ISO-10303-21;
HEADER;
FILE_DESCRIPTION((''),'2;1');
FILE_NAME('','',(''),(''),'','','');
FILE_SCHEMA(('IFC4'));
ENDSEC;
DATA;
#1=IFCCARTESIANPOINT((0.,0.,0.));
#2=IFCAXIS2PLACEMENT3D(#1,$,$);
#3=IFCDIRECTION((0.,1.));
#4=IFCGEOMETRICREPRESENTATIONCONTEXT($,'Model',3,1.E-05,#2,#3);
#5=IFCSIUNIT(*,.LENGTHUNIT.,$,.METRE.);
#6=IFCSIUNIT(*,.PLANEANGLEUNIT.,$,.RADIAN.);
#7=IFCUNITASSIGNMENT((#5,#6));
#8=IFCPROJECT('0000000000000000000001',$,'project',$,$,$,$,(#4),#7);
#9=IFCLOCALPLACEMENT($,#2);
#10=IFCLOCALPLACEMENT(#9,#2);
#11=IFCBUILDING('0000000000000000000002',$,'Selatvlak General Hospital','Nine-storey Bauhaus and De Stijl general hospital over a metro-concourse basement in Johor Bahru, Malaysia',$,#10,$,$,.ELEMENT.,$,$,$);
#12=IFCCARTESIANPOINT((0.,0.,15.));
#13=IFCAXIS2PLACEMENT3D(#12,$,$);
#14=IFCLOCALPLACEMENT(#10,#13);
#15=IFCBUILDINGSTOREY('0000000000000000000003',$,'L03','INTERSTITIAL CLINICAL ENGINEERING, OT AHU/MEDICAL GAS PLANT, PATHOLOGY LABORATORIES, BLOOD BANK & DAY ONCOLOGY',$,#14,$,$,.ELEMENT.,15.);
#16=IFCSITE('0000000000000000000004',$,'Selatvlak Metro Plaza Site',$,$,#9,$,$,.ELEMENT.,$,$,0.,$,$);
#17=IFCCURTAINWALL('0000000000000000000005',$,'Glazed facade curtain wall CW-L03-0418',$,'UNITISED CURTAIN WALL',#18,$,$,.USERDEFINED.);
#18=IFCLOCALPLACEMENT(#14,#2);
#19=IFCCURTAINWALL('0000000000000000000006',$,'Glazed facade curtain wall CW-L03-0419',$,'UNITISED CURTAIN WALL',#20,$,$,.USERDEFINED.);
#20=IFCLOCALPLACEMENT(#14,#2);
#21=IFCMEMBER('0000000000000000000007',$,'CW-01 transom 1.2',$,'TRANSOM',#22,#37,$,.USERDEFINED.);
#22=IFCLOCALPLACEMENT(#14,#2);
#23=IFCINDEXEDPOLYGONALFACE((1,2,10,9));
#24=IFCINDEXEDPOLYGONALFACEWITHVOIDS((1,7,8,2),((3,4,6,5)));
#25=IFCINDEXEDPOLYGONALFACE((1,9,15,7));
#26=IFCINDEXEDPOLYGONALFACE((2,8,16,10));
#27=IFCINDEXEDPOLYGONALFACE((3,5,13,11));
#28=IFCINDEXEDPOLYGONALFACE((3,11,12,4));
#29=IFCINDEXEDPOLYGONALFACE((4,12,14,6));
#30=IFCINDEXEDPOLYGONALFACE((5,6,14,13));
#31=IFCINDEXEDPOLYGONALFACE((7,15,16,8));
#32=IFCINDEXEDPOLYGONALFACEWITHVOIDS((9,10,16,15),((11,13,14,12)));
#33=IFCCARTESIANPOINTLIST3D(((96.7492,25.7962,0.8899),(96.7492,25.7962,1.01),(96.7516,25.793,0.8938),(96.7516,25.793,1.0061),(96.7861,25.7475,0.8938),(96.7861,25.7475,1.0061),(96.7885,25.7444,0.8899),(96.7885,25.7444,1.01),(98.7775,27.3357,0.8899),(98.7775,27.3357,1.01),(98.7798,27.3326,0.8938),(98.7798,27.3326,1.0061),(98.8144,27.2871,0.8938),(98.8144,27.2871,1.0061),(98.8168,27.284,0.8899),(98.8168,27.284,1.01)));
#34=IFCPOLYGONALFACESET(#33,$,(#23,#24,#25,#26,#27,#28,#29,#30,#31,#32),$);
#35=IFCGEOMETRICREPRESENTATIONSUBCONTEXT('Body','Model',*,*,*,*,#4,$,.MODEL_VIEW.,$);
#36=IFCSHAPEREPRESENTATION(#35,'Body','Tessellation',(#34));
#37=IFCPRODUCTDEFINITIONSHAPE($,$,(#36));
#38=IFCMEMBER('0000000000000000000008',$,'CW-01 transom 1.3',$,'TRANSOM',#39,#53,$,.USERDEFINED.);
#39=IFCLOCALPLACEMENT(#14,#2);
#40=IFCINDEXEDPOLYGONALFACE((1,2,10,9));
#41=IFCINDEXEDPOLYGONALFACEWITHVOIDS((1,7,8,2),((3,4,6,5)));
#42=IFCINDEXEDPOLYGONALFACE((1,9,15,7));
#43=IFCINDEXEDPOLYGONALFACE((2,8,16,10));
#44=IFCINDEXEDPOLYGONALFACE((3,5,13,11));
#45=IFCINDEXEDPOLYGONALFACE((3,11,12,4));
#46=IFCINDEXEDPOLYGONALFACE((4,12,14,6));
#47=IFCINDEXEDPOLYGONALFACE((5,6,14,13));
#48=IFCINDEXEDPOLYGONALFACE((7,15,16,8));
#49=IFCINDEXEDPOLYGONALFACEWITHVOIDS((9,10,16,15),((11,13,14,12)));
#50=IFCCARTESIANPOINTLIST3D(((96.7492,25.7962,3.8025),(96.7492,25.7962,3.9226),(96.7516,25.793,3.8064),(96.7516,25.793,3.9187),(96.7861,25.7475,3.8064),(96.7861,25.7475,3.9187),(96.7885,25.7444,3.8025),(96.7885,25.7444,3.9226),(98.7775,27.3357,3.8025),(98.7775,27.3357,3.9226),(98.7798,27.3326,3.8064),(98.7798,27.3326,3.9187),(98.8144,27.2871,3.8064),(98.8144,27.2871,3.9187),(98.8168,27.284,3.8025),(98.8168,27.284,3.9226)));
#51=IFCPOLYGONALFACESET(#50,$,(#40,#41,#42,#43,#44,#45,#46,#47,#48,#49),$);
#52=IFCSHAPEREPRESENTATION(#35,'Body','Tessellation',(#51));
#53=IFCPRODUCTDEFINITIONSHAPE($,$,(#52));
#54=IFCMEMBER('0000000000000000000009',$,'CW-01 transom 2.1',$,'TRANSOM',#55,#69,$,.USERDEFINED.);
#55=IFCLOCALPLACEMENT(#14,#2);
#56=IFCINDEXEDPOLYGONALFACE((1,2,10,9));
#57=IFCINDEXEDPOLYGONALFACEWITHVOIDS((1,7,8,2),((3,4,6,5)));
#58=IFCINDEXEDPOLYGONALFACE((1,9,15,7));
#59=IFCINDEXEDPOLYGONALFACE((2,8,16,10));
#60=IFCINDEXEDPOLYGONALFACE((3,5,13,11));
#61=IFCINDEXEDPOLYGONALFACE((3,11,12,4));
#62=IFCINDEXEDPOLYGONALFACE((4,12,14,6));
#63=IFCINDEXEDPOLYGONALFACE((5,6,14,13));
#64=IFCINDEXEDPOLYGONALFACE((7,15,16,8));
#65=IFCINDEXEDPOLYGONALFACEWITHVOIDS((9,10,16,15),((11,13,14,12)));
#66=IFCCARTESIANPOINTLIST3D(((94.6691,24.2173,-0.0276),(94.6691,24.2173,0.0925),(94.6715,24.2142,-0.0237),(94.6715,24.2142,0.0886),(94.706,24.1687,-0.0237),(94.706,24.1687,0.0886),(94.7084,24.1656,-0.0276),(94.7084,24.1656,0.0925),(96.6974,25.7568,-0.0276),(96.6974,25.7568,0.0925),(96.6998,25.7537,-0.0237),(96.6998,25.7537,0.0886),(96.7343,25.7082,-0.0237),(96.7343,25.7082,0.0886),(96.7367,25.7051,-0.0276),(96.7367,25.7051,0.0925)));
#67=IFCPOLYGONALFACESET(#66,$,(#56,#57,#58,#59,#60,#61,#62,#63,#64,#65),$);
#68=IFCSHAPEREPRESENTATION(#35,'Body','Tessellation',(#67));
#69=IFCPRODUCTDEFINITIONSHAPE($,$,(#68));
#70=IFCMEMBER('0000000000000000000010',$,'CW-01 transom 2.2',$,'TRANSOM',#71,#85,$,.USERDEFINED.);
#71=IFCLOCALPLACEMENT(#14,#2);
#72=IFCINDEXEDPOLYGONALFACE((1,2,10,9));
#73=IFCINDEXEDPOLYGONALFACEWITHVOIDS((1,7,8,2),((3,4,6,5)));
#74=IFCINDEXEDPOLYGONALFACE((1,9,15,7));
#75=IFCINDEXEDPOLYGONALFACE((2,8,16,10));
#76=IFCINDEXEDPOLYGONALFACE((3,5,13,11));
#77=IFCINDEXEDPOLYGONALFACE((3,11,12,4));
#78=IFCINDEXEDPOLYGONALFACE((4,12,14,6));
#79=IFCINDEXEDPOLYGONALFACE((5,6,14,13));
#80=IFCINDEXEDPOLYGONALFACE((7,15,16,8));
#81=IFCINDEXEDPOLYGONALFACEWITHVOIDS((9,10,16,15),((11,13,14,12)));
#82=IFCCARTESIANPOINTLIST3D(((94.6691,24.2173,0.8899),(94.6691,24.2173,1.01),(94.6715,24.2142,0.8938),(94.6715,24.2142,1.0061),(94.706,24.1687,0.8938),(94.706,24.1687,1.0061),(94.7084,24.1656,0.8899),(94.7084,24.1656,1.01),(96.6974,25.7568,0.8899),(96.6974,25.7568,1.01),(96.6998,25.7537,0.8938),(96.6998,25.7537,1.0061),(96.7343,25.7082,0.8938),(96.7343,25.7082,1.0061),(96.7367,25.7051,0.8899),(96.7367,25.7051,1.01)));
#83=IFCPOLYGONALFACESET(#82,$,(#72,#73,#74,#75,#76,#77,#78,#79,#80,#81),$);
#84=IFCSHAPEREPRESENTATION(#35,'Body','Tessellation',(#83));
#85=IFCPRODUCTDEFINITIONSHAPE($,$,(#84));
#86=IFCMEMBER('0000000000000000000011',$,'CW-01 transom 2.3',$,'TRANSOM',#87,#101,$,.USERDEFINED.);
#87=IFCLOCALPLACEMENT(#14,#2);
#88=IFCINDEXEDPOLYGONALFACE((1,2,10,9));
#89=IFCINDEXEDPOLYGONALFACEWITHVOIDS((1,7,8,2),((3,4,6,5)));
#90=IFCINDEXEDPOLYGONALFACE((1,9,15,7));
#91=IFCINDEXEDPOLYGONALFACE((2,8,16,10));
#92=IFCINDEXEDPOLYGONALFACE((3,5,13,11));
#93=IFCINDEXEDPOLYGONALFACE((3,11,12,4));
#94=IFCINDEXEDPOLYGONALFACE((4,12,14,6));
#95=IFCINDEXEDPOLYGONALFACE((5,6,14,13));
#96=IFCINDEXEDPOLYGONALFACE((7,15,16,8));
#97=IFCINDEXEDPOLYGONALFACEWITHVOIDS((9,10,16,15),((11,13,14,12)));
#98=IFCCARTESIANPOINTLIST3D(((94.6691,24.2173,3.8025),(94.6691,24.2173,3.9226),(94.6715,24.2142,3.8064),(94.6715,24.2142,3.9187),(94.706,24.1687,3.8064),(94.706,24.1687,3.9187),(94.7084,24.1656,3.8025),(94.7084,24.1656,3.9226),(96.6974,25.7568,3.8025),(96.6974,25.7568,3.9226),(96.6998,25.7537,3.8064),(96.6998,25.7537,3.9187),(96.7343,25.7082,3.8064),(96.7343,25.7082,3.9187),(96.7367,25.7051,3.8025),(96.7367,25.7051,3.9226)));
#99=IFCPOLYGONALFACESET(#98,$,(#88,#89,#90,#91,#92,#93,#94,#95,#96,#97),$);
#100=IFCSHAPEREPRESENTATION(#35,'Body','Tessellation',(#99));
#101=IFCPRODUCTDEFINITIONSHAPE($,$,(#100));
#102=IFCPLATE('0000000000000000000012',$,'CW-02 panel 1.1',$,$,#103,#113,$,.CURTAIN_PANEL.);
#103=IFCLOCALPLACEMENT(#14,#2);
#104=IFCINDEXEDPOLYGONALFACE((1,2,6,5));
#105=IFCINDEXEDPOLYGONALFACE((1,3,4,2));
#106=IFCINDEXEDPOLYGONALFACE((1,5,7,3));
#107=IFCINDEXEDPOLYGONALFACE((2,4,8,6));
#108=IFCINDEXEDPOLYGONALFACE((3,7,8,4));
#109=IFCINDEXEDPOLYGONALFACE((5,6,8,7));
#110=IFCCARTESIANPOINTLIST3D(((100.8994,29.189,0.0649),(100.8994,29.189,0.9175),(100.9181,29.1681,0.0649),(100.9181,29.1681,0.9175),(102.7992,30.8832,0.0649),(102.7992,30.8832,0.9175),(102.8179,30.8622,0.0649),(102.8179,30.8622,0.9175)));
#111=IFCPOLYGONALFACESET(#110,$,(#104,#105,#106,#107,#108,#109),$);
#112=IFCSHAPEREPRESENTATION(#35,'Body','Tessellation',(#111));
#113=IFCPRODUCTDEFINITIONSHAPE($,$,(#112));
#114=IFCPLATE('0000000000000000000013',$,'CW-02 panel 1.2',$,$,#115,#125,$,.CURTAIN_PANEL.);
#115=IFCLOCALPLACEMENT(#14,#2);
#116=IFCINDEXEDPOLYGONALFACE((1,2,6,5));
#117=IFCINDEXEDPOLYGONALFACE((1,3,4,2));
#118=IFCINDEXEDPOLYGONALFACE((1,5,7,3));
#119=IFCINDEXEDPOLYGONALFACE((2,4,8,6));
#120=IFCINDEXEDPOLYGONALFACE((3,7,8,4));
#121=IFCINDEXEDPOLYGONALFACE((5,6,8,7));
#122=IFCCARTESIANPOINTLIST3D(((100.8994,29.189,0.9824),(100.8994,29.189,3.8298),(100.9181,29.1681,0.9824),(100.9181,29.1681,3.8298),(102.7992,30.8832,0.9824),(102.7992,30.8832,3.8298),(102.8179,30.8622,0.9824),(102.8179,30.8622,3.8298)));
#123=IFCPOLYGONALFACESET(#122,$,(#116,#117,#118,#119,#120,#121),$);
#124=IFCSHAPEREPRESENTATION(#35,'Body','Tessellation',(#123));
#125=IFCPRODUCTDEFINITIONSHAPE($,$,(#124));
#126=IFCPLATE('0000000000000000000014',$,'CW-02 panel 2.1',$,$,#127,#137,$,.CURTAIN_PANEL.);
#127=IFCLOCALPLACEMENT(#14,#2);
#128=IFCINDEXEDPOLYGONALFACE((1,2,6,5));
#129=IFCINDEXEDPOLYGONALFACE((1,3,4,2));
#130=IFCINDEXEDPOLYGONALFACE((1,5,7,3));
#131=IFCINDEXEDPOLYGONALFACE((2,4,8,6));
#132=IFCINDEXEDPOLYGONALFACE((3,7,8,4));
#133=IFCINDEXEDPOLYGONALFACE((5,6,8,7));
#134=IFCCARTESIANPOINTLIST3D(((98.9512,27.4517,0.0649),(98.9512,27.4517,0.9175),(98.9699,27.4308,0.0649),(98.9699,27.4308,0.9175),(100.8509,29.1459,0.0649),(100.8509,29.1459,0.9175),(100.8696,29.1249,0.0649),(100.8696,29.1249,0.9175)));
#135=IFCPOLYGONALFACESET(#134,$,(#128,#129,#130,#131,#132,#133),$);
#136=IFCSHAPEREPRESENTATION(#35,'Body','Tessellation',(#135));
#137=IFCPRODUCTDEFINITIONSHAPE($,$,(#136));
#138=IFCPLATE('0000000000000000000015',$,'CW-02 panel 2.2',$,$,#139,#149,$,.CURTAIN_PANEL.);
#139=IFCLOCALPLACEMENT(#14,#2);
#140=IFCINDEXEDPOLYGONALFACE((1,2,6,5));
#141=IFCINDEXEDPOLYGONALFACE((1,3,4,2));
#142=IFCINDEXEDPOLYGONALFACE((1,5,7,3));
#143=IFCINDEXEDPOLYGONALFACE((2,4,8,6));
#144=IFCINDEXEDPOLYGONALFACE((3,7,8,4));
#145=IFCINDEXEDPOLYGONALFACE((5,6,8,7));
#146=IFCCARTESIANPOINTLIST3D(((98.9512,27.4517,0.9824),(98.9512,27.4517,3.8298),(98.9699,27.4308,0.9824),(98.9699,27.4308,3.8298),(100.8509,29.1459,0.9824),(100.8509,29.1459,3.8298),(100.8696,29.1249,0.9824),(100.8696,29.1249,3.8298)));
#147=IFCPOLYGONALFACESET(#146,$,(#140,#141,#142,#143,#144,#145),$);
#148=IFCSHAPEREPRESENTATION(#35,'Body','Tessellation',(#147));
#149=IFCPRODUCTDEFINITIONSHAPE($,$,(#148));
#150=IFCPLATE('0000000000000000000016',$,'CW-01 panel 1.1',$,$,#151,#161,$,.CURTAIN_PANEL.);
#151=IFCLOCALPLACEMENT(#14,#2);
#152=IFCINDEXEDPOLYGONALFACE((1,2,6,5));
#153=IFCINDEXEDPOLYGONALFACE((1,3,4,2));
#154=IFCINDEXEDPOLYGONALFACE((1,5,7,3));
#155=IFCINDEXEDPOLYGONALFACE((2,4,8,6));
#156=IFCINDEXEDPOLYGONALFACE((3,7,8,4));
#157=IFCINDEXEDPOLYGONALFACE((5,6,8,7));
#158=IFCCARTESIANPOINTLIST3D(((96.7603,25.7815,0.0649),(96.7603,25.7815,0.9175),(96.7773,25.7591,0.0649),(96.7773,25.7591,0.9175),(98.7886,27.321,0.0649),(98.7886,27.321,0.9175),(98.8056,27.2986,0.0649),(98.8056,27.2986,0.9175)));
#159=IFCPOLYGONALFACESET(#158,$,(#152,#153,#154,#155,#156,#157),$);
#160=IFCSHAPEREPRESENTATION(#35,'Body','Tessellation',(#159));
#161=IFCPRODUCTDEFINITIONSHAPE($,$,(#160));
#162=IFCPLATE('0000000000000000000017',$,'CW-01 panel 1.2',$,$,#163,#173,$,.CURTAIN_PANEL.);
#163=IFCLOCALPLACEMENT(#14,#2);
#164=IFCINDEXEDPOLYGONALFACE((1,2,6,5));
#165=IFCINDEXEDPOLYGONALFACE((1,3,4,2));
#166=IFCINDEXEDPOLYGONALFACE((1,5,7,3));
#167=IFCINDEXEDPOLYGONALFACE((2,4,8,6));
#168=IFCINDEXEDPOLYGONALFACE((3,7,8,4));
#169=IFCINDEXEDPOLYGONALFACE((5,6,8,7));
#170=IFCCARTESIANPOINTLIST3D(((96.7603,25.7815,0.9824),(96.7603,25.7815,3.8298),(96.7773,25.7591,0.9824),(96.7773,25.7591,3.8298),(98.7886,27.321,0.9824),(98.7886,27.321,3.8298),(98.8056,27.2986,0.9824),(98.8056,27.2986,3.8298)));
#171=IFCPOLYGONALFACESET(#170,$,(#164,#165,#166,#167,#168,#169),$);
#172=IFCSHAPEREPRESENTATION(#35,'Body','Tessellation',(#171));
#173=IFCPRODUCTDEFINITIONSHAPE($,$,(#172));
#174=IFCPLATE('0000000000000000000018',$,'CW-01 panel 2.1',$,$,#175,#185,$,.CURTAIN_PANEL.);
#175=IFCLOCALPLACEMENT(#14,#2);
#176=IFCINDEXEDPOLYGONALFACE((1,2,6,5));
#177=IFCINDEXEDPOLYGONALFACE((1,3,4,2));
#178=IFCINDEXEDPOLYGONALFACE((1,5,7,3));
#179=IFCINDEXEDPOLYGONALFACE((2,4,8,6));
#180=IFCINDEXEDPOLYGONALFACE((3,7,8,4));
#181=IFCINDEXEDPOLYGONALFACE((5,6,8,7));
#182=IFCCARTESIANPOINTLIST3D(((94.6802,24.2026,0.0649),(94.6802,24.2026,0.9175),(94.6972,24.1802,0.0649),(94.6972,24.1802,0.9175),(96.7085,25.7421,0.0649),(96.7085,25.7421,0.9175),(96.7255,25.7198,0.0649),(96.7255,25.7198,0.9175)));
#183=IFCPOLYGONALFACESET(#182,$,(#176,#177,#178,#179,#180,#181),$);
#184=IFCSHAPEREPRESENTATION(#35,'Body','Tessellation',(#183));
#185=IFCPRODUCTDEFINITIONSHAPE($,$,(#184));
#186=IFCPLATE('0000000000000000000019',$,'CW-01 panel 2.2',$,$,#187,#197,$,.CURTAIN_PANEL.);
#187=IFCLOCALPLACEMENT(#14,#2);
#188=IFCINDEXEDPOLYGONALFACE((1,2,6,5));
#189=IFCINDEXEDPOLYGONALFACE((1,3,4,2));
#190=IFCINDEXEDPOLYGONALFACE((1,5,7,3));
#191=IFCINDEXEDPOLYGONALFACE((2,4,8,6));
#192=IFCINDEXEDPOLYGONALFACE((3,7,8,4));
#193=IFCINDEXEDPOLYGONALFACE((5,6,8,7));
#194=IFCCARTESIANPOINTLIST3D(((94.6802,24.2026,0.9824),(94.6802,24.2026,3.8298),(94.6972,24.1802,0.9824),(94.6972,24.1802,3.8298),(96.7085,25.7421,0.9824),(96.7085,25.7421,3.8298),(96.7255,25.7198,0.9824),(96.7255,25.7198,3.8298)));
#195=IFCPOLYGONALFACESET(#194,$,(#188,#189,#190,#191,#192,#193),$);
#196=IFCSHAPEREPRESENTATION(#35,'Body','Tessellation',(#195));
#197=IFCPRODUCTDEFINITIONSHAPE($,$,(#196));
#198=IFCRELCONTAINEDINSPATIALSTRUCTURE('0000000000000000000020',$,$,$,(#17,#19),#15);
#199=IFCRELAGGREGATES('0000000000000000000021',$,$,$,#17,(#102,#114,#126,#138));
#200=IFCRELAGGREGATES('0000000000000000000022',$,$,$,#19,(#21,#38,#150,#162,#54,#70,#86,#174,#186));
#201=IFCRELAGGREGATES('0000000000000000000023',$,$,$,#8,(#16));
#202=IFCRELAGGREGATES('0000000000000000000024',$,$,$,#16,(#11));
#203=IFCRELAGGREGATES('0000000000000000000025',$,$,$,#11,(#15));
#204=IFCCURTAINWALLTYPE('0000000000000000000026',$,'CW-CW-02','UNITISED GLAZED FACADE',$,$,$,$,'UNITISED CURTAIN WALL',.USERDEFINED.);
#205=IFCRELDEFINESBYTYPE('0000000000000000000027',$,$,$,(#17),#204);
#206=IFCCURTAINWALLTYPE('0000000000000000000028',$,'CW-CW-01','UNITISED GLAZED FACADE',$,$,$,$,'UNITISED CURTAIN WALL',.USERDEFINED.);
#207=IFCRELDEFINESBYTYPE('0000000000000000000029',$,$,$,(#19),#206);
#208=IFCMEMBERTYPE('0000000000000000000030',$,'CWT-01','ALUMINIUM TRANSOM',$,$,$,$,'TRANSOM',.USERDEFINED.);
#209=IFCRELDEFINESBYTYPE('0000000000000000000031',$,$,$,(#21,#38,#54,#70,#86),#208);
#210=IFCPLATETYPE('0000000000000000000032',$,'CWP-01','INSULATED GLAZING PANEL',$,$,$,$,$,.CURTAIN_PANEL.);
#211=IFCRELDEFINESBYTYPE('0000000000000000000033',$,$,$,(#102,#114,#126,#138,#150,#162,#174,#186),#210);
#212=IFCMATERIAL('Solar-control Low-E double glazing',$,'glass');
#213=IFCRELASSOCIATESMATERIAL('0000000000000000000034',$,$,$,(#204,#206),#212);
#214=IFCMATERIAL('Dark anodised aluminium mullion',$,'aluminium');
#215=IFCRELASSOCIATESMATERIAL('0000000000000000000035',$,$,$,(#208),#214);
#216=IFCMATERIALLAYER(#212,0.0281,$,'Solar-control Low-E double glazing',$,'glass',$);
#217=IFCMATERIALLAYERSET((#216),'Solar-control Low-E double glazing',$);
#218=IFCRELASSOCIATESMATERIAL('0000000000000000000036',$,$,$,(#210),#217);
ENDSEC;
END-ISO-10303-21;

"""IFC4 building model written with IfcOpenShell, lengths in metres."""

from ifc_helpers import new_model, si_unit, direction, frame, origin, origin_2d, place, context, subcontext, project, spatial, rectangle, hollow_rectangle, extrude, material, layer, layer_set, material_profile, profile_set, type_object, element, aggregate, save


model = new_model("IFC4")

# Units and contexts
model_context = context("Model", 3, precision=1e-05, world=origin(), true_north=direction((0.0, 1.0)))
body_context = subcontext(model_context, "Body", "Model", "MODEL_VIEW")
ifc_project = project(units=[si_unit("LENGTHUNIT", "METRE"), si_unit("PLANEANGLEUNIT", "RADIAN")], contexts=[model_context])

# Site, building, storey
site_placement = place(None, origin())
site = spatial("IfcSite", under=ifc_project, at=site_placement, Name="Selatvlak Metro Plaza Site", CompositionType="ELEMENT", RefElevation=0.0)
building_placement = place(site_placement, origin())
building = spatial("IfcBuilding", under=site, at=building_placement, Name="Selatvlak General Hospital", Description="Nine-storey Bauhaus and De Stijl general hospital over a metro-concourse basement in Johor Bahru, Malaysia", CompositionType="ELEMENT")
storey_placement = place(building_placement, frame((0.0, 0.0, 15.0)))
storey = spatial("IfcBuildingStorey", under=building, at=storey_placement, Name="L03", Description="INTERSTITIAL CLINICAL ENGINEERING, OT AHU/MEDICAL GAS PLANT, PATHOLOGY LABORATORIES, BLOOD BANK & DAY ONCOLOGY", CompositionType="ELEMENT", Elevation=15.0)

# Curtain walls
ifc_material_1 = material(Name="Solar-control Low-E double glazing", Category="glass")
curtain_wall_type_1 = type_object("IfcCurtainWallType", Name="CW-CW-02", Description="UNITISED GLAZED FACADE", ElementType="UNITISED CURTAIN WALL", PredefinedType="USERDEFINED", material=ifc_material_1)
curtain_wall_1_placement = place(storey_placement, origin())
curtain_wall_1 = element("IfcCurtainWall", 1, at=curtain_wall_1_placement, inside=storey, type_object=curtain_wall_type_1, Name="Glazed facade curtain wall CW-L03-0418", ObjectType="UNITISED CURTAIN WALL", PredefinedType="USERDEFINED")
ifc_material_2 = material(Name="Dark anodised aluminium mullion", Category="aluminium")
curtain_wall_type_2 = type_object("IfcCurtainWallType", Name="CW-CW-01", Description="UNITISED GLAZED FACADE", ElementType="UNITISED CURTAIN WALL", PredefinedType="USERDEFINED", material=ifc_material_1)
curtain_wall_2_placement = place(storey_placement, origin())
curtain_wall_2 = element("IfcCurtainWall", 2, at=curtain_wall_2_placement, inside=storey, type_object=curtain_wall_type_2, Name="Glazed facade curtain wall CW-L03-0419", ObjectType="UNITISED CURTAIN WALL", PredefinedType="USERDEFINED")

# Members
ifc_material_profile_1 = material_profile(ifc_material_2, hollow_rectangle(XDim=0.0649, YDim=0.1201, WallThickness=0.0039, at=origin_2d()), Name="AL-TRN 65x120x4")
ifc_profile_set_1 = profile_set([ifc_material_profile_1], Name="Dark anodised aluminium mullion")
member_type_1 = type_object("IfcMemberType", Name="CWT-01", Description="ALUMINIUM TRANSOM", ElementType="TRANSOM", PredefinedType="USERDEFINED", material=ifc_profile_set_1)
member_1_placement = place(storey_placement, frame((98.7971, 27.3098, 0.95), z_axis=(-0.796535, -0.604592, 0.0), x_axis=(0.604592, -0.796535, 0.0)))
member_1 = element("IfcMember", 3, at=member_1_placement, type_object=member_type_1, Name="CW-01 transom 1.2", ObjectType="TRANSOM", PredefinedType="USERDEFINED", context=body_context, shape_type="SweptSolid", body=[
    extrude(hollow_rectangle(XDim=0.0649, YDim=0.1201, WallThickness=0.0039, at=origin_2d()), origin(), (0.0, 0.0, 1.0), 2.5464),
])
member_2_placement = place(storey_placement, frame((98.7971, 27.3098, 3.8625), z_axis=(-0.796535, -0.604592, 0.0), x_axis=(0.604592, -0.796535, 0.0)))
member_2 = element("IfcMember", 4, at=member_2_placement, type_object=member_type_1, Name="CW-01 transom 1.3", ObjectType="TRANSOM", PredefinedType="USERDEFINED", context=body_context, shape_type="SweptSolid", body=[
    extrude(hollow_rectangle(XDim=0.0649, YDim=0.1201, WallThickness=0.0039, at=origin_2d()), origin(), (0.0, 0.0, 1.0), 2.5464),
])
member_3_placement = place(storey_placement, frame((96.717, 25.731, 0.0325), z_axis=(-0.796535, -0.604592, 0.0), x_axis=(0.604592, -0.796535, 0.0)))
member_3 = element("IfcMember", 5, at=member_3_placement, type_object=member_type_1, Name="CW-01 transom 2.1", ObjectType="TRANSOM", PredefinedType="USERDEFINED", context=body_context, shape_type="SweptSolid", body=[
    extrude(hollow_rectangle(XDim=0.0649, YDim=0.1201, WallThickness=0.0039, at=origin_2d()), origin(), (0.0, 0.0, 1.0), 2.5464),
])
member_4_placement = place(storey_placement, frame((96.717, 25.731, 0.95), z_axis=(-0.796535, -0.604592, 0.0), x_axis=(0.604592, -0.796535, 0.0)))
member_4 = element("IfcMember", 6, at=member_4_placement, type_object=member_type_1, Name="CW-01 transom 2.2", ObjectType="TRANSOM", PredefinedType="USERDEFINED", context=body_context, shape_type="SweptSolid", body=[
    extrude(hollow_rectangle(XDim=0.0649, YDim=0.1201, WallThickness=0.0039, at=origin_2d()), origin(), (0.0, 0.0, 1.0), 2.5464),
])
member_5_placement = place(storey_placement, frame((96.717, 25.731, 3.8625), z_axis=(-0.796535, -0.604592, 0.0), x_axis=(0.604592, -0.796535, 0.0)))
member_5 = element("IfcMember", 7, at=member_5_placement, type_object=member_type_1, Name="CW-01 transom 2.3", ObjectType="TRANSOM", PredefinedType="USERDEFINED", context=body_context, shape_type="SweptSolid", body=[
    extrude(hollow_rectangle(XDim=0.0649, YDim=0.1201, WallThickness=0.0039, at=origin_2d()), origin(), (0.0, 0.0, 1.0), 2.5464),
])

# Plates
ifc_layer_1 = layer(ifc_material_1, 0.0281, Name="Solar-control Low-E double glazing", Category="glass")
ifc_layer_set_1 = layer_set([ifc_layer_1], Name="Solar-control Low-E double glazing")
plate_type = type_object("IfcPlateType", Name="CWP-01", Description="INSULATED GLAZING PANEL", PredefinedType="CURTAIN_PANEL", material=ifc_layer_set_1)
plate_1_placement = place(storey_placement, frame((101.8586, 30.0256, 0.0649), z_axis=(0.0, 0.0, 1.0), x_axis=(-0.746344, -0.665561, 0.0)))
plate_1 = element("IfcPlate", 8, at=plate_1_placement, type_object=plate_type, Name="CW-02 panel 1.1", PredefinedType="CURTAIN_PANEL", context=body_context, shape_type="SweptSolid", body=[
    extrude(rectangle(XDim=2.5454, YDim=0.0281, at=origin_2d()), origin(), (0.0, 0.0, 1.0), 0.8525),
])
plate_2_placement = place(storey_placement, frame((101.8586, 30.0256, 0.9824), z_axis=(0.0, 0.0, 1.0), x_axis=(-0.746344, -0.665561, 0.0)))
plate_2 = element("IfcPlate", 9, at=plate_2_placement, type_object=plate_type, Name="CW-02 panel 1.2", PredefinedType="CURTAIN_PANEL", context=body_context, shape_type="SweptSolid", body=[
    extrude(rectangle(XDim=2.5454, YDim=0.0281, at=origin_2d()), origin(), (0.0, 0.0, 1.0), 2.8474),
])
plate_3_placement = place(storey_placement, frame((99.9104, 28.2883, 0.0649), z_axis=(0.0, 0.0, 1.0), x_axis=(-0.746344, -0.665561, 0.0)))
plate_3 = element("IfcPlate", 10, at=plate_3_placement, type_object=plate_type, Name="CW-02 panel 2.1", PredefinedType="CURTAIN_PANEL", context=body_context, shape_type="SweptSolid", body=[
    extrude(rectangle(XDim=2.5454, YDim=0.0281, at=origin_2d()), origin(), (0.0, 0.0, 1.0), 0.8525),
])
plate_4_placement = place(storey_placement, frame((99.9104, 28.2883, 0.9824), z_axis=(0.0, 0.0, 1.0), x_axis=(-0.746344, -0.665561, 0.0)))
plate_4 = element("IfcPlate", 11, at=plate_4_placement, type_object=plate_type, Name="CW-02 panel 2.2", PredefinedType="CURTAIN_PANEL", context=body_context, shape_type="SweptSolid", body=[
    extrude(rectangle(XDim=2.5454, YDim=0.0281, at=origin_2d()), origin(), (0.0, 0.0, 1.0), 2.8474),
])
aggregate(curtain_wall_1, [plate_1, plate_2, plate_3, plate_4])
plate_5_placement = place(storey_placement, frame((97.783, 26.54, 0.0649), z_axis=(0.0, 0.0, 1.0), x_axis=(-0.796537, -0.604589, 0.0)))
plate_5 = element("IfcPlate", 12, at=plate_5_placement, type_object=plate_type, Name="CW-01 panel 1.1", PredefinedType="CURTAIN_PANEL", context=body_context, shape_type="SweptSolid", body=[
    extrude(rectangle(XDim=2.5464, YDim=0.0281, at=origin_2d()), origin(), (0.0, 0.0, 1.0), 0.8525),
])
plate_6_placement = place(storey_placement, frame((97.783, 26.54, 0.9824), z_axis=(0.0, 0.0, 1.0), x_axis=(-0.796537, -0.604589, 0.0)))
plate_6 = element("IfcPlate", 13, at=plate_6_placement, type_object=plate_type, Name="CW-01 panel 1.2", PredefinedType="CURTAIN_PANEL", context=body_context, shape_type="SweptSolid", body=[
    extrude(rectangle(XDim=2.5464, YDim=0.0281, at=origin_2d()), origin(), (0.0, 0.0, 1.0), 2.8474),
])
plate_7_placement = place(storey_placement, frame((95.7029, 24.9612, 0.0649), z_axis=(0.0, 0.0, 1.0), x_axis=(-0.796537, -0.604589, 0.0)))
plate_7 = element("IfcPlate", 14, at=plate_7_placement, type_object=plate_type, Name="CW-01 panel 2.1", PredefinedType="CURTAIN_PANEL", context=body_context, shape_type="SweptSolid", body=[
    extrude(rectangle(XDim=2.5464, YDim=0.0281, at=origin_2d()), origin(), (0.0, 0.0, 1.0), 0.8525),
])
plate_8_placement = place(storey_placement, frame((95.7029, 24.9612, 0.9824), z_axis=(0.0, 0.0, 1.0), x_axis=(-0.796537, -0.604589, 0.0)))
plate_8 = element("IfcPlate", 15, at=plate_8_placement, type_object=plate_type, Name="CW-01 panel 2.2", PredefinedType="CURTAIN_PANEL", context=body_context, shape_type="SweptSolid", body=[
    extrude(rectangle(XDim=2.5464, YDim=0.0281, at=origin_2d()), origin(), (0.0, 0.0, 1.0), 2.8474),
])
aggregate(curtain_wall_2, [member_1, member_2, plate_5, plate_6, member_3, member_4, member_5, plate_7, plate_8])

save(model, "model.ifc")
